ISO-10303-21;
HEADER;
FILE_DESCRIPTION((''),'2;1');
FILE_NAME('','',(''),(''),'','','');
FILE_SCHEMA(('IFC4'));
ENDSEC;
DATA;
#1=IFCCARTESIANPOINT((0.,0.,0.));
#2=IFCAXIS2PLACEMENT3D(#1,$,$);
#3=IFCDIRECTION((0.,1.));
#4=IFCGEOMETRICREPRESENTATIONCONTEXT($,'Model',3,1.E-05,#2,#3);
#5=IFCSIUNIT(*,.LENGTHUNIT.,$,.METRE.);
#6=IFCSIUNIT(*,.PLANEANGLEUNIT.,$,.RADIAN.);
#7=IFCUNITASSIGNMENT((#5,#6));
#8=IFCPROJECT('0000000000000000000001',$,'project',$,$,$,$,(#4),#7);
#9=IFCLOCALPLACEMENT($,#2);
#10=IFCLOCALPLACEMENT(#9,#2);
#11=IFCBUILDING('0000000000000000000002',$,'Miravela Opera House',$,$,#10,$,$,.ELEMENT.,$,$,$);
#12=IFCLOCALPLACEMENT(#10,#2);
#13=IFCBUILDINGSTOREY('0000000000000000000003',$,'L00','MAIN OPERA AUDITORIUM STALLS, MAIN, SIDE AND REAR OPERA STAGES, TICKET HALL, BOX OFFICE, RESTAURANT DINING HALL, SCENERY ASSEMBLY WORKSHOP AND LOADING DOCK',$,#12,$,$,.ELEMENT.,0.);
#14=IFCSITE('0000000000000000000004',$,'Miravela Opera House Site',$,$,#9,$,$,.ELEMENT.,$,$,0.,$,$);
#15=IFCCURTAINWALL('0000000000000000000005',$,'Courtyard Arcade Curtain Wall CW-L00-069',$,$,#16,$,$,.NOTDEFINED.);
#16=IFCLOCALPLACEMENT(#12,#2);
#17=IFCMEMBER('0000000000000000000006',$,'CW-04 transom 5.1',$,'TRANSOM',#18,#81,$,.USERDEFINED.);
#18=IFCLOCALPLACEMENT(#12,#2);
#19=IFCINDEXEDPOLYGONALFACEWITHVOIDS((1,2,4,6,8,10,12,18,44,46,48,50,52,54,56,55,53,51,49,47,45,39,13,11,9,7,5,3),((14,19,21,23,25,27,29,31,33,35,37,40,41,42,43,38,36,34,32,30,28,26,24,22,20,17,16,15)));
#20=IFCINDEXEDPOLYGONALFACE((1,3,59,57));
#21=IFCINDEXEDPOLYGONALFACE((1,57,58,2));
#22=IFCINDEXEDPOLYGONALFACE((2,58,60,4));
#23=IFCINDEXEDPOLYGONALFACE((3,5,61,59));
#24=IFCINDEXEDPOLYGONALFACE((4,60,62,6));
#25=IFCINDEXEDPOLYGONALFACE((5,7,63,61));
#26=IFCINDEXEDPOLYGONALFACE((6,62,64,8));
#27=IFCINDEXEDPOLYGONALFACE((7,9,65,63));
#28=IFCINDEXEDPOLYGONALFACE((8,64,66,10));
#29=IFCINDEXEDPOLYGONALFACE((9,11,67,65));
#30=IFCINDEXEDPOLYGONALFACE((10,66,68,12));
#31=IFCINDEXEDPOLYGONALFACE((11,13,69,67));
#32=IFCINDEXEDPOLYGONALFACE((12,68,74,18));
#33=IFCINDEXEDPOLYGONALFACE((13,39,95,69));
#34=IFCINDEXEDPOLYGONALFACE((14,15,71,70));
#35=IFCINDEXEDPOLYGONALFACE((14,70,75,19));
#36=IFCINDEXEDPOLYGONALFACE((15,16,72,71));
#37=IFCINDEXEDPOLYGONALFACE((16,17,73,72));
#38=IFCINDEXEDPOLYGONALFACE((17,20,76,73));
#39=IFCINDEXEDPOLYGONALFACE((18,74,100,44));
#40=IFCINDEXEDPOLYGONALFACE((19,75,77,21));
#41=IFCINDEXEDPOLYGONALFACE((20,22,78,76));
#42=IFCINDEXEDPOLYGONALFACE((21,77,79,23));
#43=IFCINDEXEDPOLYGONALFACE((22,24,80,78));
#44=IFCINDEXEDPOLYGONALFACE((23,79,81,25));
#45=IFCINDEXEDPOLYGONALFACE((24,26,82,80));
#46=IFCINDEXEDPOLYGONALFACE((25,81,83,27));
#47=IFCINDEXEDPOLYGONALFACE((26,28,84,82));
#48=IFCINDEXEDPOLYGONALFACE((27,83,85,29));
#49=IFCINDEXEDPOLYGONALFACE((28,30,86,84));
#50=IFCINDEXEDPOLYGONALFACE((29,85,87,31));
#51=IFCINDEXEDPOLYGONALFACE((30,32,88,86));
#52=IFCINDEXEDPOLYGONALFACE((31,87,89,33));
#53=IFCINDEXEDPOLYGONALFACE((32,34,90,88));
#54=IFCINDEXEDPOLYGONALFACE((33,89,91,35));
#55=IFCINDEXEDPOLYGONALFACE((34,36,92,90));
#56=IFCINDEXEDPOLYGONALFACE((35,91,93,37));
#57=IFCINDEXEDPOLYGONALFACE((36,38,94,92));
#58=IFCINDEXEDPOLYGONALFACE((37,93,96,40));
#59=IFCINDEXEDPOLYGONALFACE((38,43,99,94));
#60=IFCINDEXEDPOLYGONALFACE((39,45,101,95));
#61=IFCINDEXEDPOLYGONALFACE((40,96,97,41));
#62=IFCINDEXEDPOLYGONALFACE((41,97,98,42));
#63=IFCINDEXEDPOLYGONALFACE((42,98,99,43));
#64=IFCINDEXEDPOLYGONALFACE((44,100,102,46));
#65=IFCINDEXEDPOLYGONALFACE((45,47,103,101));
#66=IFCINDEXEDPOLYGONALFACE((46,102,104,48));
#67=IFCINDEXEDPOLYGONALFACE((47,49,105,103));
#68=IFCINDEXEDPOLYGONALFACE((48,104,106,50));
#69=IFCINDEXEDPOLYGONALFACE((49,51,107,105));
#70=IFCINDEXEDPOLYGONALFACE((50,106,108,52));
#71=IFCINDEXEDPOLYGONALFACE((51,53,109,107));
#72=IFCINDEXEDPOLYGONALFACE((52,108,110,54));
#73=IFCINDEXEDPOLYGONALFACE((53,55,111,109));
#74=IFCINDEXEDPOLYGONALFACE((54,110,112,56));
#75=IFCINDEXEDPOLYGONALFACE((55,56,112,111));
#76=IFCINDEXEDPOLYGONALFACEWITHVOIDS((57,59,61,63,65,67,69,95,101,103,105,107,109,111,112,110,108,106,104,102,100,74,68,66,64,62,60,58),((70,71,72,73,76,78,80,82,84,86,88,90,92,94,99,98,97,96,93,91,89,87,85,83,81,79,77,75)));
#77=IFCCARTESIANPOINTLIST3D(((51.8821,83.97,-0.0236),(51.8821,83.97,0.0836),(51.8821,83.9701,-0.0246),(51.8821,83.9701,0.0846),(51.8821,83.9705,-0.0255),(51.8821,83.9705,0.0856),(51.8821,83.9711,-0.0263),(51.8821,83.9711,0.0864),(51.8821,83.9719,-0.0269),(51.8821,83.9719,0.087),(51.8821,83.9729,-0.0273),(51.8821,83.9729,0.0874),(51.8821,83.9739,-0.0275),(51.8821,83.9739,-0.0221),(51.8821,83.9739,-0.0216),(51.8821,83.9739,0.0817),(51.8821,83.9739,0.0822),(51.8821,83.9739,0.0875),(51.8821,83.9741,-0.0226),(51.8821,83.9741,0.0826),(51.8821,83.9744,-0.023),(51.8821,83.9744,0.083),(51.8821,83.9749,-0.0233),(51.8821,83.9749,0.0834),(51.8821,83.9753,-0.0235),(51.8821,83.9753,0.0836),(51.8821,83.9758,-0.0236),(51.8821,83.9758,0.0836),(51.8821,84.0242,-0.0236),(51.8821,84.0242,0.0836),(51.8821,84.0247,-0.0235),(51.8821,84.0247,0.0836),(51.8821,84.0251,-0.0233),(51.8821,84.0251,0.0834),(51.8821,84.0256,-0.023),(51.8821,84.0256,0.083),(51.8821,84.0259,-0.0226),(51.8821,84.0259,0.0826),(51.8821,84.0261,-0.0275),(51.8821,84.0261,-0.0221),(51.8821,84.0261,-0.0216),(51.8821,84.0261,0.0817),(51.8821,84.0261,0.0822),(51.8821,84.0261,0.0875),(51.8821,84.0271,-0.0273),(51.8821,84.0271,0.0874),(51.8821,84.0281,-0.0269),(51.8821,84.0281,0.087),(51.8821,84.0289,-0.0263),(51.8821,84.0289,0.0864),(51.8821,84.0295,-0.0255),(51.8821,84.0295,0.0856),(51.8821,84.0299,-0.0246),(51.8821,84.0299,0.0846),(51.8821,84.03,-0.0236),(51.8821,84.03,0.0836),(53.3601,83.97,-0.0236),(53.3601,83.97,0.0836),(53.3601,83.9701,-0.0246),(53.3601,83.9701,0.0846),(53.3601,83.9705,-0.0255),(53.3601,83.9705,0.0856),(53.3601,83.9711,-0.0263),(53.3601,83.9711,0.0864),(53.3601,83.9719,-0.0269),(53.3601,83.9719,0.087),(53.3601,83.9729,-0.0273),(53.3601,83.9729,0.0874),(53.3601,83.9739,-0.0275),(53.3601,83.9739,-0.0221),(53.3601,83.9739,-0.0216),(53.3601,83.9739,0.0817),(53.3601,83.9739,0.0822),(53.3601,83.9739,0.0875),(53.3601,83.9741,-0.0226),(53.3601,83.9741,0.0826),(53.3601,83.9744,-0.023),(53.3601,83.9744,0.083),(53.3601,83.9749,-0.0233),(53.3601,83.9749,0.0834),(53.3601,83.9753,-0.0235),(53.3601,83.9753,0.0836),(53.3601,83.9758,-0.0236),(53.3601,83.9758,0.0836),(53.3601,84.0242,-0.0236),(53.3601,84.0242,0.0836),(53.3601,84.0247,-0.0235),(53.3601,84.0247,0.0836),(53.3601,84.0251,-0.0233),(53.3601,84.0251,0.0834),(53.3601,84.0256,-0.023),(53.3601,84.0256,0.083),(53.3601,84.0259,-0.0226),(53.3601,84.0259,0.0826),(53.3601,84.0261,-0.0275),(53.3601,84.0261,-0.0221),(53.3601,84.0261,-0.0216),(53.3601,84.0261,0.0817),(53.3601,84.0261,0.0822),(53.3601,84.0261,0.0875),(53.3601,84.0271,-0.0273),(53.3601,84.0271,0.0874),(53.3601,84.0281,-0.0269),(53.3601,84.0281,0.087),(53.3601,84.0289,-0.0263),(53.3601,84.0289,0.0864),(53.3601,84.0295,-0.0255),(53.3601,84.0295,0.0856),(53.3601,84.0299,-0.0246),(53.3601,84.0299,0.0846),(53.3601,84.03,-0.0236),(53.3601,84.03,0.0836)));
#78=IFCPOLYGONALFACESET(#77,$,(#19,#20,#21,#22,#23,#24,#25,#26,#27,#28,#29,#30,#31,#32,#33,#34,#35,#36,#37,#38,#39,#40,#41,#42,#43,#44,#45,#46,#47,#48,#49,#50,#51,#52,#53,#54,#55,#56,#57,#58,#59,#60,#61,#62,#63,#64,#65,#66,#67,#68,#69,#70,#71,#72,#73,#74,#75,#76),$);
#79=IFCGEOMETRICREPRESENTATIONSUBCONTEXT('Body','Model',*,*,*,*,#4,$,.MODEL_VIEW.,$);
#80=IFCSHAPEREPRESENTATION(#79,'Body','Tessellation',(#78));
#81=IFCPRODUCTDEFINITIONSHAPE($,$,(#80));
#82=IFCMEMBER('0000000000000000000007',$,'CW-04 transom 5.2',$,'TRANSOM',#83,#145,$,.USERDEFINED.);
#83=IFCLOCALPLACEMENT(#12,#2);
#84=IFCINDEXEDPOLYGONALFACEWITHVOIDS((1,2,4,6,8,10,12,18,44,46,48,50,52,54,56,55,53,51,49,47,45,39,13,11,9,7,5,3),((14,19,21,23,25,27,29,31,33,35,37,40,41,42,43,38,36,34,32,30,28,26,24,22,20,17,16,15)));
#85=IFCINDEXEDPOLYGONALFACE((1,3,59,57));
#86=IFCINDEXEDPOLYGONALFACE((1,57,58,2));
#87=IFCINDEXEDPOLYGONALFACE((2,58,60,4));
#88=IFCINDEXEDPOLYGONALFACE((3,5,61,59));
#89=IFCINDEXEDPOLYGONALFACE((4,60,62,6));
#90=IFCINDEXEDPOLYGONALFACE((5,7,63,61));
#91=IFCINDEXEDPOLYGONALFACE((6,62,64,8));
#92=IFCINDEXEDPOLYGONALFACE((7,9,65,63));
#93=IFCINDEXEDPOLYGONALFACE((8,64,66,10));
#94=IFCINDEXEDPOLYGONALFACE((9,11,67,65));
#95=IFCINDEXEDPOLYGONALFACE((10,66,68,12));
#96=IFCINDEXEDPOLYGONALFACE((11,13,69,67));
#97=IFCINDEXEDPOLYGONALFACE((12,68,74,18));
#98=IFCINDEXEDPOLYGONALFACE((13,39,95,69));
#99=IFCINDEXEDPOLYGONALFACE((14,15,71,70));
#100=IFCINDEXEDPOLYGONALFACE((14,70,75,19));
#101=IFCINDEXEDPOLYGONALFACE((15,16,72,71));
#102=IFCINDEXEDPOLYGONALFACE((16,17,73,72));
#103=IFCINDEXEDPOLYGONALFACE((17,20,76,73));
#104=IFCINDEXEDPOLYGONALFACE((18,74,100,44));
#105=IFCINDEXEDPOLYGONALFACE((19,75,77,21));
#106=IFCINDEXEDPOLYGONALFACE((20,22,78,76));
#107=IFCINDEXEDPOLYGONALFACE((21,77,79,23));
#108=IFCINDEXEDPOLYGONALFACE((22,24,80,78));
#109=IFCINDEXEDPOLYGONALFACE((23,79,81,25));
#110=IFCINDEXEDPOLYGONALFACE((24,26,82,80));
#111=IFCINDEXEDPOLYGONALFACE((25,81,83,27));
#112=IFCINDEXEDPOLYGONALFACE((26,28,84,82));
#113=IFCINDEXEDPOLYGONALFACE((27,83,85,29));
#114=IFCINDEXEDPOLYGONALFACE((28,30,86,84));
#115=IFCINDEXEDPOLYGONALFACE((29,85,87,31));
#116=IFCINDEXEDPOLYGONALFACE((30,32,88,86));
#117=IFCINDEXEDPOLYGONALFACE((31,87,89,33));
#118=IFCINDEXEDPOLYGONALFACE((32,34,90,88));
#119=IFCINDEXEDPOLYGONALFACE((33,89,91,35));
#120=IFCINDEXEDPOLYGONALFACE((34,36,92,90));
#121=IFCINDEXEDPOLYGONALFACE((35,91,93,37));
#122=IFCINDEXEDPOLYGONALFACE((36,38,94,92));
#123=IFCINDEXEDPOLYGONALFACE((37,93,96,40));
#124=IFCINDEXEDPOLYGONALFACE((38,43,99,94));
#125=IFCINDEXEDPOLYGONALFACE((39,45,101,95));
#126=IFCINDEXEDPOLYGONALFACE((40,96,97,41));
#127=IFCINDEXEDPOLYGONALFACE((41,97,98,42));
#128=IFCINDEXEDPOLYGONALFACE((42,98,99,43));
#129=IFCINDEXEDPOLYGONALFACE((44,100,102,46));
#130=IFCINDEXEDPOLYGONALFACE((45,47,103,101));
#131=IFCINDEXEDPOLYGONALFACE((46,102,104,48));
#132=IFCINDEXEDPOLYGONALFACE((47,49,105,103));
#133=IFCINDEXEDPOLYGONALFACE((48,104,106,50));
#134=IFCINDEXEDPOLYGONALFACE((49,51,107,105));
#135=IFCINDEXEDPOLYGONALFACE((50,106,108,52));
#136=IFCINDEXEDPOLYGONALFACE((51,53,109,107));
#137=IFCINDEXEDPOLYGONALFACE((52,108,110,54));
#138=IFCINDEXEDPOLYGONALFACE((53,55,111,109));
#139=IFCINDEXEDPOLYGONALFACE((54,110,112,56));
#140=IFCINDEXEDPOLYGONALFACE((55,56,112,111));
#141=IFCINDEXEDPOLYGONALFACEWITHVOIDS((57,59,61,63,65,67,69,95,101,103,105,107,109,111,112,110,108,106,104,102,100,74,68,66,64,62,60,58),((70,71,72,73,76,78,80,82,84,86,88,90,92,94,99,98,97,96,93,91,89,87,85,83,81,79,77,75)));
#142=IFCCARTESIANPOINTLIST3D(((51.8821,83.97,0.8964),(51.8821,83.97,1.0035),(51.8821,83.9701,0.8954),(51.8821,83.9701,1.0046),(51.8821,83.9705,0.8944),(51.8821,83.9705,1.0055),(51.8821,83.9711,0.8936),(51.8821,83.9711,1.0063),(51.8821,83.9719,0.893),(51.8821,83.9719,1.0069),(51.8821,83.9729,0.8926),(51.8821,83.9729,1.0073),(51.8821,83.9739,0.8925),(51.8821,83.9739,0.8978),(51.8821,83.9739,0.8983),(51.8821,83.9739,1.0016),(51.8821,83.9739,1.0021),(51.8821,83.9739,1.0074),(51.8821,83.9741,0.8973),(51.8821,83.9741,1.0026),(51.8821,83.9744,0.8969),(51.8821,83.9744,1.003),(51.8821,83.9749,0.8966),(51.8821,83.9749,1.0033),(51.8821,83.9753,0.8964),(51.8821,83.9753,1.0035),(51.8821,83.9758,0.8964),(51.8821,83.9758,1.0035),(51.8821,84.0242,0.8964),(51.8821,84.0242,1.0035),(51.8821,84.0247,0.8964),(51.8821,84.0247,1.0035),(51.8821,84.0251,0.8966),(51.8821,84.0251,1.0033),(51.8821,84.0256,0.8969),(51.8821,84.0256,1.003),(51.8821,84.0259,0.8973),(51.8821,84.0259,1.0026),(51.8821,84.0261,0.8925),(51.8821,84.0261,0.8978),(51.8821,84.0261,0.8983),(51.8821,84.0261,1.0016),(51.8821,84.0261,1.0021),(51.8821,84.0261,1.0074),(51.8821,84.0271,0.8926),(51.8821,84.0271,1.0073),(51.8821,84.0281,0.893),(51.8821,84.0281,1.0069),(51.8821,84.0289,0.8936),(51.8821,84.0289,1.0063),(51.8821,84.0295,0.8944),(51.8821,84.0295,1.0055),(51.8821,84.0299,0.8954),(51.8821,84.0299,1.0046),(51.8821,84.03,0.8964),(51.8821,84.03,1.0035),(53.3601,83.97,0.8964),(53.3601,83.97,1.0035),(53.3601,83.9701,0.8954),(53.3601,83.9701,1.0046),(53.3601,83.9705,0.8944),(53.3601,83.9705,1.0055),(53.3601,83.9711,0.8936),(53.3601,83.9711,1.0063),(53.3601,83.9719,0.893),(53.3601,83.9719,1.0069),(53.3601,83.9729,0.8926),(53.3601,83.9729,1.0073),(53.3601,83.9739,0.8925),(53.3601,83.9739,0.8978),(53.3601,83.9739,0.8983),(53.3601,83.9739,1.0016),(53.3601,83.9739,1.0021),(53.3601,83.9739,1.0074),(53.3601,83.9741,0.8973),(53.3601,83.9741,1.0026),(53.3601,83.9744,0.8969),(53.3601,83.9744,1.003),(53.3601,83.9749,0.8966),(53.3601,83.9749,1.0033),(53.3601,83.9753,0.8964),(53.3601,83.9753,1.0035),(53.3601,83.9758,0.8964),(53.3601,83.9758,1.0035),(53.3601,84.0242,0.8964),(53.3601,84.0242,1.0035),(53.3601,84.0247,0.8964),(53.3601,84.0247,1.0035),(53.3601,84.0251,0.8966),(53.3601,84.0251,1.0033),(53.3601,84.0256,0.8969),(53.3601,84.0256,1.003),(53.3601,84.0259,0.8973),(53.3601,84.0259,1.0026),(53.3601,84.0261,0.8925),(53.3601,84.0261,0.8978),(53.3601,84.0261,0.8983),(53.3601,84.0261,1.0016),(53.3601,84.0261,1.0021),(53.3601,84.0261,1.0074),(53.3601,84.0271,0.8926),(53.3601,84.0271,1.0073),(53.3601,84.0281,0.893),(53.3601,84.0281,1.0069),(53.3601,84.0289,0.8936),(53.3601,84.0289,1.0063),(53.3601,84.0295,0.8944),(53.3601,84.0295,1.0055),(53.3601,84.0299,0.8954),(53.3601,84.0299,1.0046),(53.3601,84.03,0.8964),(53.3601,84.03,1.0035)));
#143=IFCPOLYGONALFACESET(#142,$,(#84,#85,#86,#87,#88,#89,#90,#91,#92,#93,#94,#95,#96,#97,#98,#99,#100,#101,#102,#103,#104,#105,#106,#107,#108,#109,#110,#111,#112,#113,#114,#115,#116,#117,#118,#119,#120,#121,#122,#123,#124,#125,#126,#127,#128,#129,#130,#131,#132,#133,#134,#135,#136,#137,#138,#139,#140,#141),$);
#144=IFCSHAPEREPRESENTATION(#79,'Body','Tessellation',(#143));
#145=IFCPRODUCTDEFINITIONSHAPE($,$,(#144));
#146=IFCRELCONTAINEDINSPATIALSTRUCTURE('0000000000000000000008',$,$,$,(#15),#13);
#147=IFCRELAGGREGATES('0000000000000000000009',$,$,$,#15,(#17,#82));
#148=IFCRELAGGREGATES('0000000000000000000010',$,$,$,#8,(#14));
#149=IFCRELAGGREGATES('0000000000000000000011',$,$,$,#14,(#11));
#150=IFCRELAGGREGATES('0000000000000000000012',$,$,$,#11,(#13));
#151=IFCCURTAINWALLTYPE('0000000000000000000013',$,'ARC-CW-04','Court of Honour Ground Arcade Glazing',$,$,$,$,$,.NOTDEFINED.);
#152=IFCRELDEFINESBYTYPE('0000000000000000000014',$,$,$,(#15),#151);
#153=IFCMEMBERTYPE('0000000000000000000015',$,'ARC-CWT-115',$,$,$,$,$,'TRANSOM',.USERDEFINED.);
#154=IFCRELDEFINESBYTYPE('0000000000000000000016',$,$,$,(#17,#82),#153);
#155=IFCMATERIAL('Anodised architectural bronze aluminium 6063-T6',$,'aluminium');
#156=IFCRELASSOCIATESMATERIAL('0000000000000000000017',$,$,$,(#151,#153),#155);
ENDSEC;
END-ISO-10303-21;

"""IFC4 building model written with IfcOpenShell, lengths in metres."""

from ifc_helpers import new_model, si_unit, direction, frame, origin, origin_2d, place, context, subcontext, project, spatial, hollow_rectangle, extrude, material, material_profile, profile_set, type_object, element, aggregate, save


model = new_model("IFC4")

# Units and contexts
model_context = context("Model", 3, precision=1e-05, world=origin(), true_north=direction((0.0, 1.0)))
body_context = subcontext(model_context, "Body", "Model", "MODEL_VIEW")
ifc_project = project(units=[si_unit("LENGTHUNIT", "METRE"), si_unit("PLANEANGLEUNIT", "RADIAN")], contexts=[model_context])

# Site, building, storey
site_placement = place(None, origin())
site = spatial("IfcSite", under=ifc_project, at=site_placement, Name="Miravela Opera House Site", CompositionType="ELEMENT", RefElevation=0.0)
building_placement = place(site_placement, origin())
building = spatial("IfcBuilding", under=site, at=building_placement, Name="Miravela Opera House", CompositionType="ELEMENT")
storey_placement = place(building_placement, origin())
storey = spatial("IfcBuildingStorey", under=building, at=storey_placement, Name="L00", Description="MAIN OPERA AUDITORIUM STALLS, MAIN, SIDE AND REAR OPERA STAGES, TICKET HALL, BOX OFFICE, RESTAURANT DINING HALL, SCENERY ASSEMBLY WORKSHOP AND LOADING DOCK", CompositionType="ELEMENT", Elevation=0.0)

# Curtain wall
ifc_material_1 = material(Name="Anodised architectural bronze aluminium 6063-T6", Category="aluminium")
curtain_wall_type = type_object("IfcCurtainWallType", Name="ARC-CW-04", Description="Court of Honour Ground Arcade Glazing", PredefinedType="NOTDEFINED", material=ifc_material_1)
curtain_wall_1_placement = place(storey_placement, origin())
curtain_wall_1 = element("IfcCurtainWall", 1, at=curtain_wall_1_placement, inside=storey, type_object=curtain_wall_type, Name="Courtyard Arcade Curtain Wall CW-L00-069", PredefinedType="NOTDEFINED")

# Members
ifc_material_profile_1 = material_profile(ifc_material_1, hollow_rectangle(XDim=0.0601, YDim=0.115, WallThickness=0.0039, InnerFilletRadius=0.002, OuterFilletRadius=0.0039, at=origin_2d()), Name="CWT-60X115")
ifc_profile_set_1 = profile_set([ifc_material_profile_1])
member_type_1 = type_object("IfcMemberType", Name="ARC-CWT-115", ElementType="TRANSOM", PredefinedType="USERDEFINED", material=ifc_profile_set_1)
member_1_placement = place(storey_placement, frame((51.8821, 84.0, 0.03), z_axis=(1.0, 0.0, 0.0), x_axis=(0.0, 1.0, 0.0)))
member_1 = element("IfcMember", 2, at=member_1_placement, type_object=member_type_1, Name="CW-04 transom 5.1", ObjectType="TRANSOM", PredefinedType="USERDEFINED", context=body_context, shape_type="SweptSolid", body=[
    extrude(hollow_rectangle(XDim=0.0601, YDim=0.115, WallThickness=0.0039, InnerFilletRadius=0.002, OuterFilletRadius=0.0039, at=origin_2d()), origin(), (0.0, 0.0, 1.0), 1.478),
])
member_2_placement = place(storey_placement, frame((51.8821, 84.0, 0.95), z_axis=(1.0, 0.0, 0.0), x_axis=(0.0, 1.0, 0.0)))
member_2 = element("IfcMember", 3, at=member_2_placement, type_object=member_type_1, Name="CW-04 transom 5.2", ObjectType="TRANSOM", PredefinedType="USERDEFINED", context=body_context, shape_type="SweptSolid", body=[
    extrude(hollow_rectangle(XDim=0.0601, YDim=0.115, WallThickness=0.0039, InnerFilletRadius=0.002, OuterFilletRadius=0.0039, at=origin_2d()), origin(), (0.0, 0.0, 1.0), 1.478),
])

aggregate(curtain_wall_1, [member_1, member_2])

save(model, "model.ifc")
